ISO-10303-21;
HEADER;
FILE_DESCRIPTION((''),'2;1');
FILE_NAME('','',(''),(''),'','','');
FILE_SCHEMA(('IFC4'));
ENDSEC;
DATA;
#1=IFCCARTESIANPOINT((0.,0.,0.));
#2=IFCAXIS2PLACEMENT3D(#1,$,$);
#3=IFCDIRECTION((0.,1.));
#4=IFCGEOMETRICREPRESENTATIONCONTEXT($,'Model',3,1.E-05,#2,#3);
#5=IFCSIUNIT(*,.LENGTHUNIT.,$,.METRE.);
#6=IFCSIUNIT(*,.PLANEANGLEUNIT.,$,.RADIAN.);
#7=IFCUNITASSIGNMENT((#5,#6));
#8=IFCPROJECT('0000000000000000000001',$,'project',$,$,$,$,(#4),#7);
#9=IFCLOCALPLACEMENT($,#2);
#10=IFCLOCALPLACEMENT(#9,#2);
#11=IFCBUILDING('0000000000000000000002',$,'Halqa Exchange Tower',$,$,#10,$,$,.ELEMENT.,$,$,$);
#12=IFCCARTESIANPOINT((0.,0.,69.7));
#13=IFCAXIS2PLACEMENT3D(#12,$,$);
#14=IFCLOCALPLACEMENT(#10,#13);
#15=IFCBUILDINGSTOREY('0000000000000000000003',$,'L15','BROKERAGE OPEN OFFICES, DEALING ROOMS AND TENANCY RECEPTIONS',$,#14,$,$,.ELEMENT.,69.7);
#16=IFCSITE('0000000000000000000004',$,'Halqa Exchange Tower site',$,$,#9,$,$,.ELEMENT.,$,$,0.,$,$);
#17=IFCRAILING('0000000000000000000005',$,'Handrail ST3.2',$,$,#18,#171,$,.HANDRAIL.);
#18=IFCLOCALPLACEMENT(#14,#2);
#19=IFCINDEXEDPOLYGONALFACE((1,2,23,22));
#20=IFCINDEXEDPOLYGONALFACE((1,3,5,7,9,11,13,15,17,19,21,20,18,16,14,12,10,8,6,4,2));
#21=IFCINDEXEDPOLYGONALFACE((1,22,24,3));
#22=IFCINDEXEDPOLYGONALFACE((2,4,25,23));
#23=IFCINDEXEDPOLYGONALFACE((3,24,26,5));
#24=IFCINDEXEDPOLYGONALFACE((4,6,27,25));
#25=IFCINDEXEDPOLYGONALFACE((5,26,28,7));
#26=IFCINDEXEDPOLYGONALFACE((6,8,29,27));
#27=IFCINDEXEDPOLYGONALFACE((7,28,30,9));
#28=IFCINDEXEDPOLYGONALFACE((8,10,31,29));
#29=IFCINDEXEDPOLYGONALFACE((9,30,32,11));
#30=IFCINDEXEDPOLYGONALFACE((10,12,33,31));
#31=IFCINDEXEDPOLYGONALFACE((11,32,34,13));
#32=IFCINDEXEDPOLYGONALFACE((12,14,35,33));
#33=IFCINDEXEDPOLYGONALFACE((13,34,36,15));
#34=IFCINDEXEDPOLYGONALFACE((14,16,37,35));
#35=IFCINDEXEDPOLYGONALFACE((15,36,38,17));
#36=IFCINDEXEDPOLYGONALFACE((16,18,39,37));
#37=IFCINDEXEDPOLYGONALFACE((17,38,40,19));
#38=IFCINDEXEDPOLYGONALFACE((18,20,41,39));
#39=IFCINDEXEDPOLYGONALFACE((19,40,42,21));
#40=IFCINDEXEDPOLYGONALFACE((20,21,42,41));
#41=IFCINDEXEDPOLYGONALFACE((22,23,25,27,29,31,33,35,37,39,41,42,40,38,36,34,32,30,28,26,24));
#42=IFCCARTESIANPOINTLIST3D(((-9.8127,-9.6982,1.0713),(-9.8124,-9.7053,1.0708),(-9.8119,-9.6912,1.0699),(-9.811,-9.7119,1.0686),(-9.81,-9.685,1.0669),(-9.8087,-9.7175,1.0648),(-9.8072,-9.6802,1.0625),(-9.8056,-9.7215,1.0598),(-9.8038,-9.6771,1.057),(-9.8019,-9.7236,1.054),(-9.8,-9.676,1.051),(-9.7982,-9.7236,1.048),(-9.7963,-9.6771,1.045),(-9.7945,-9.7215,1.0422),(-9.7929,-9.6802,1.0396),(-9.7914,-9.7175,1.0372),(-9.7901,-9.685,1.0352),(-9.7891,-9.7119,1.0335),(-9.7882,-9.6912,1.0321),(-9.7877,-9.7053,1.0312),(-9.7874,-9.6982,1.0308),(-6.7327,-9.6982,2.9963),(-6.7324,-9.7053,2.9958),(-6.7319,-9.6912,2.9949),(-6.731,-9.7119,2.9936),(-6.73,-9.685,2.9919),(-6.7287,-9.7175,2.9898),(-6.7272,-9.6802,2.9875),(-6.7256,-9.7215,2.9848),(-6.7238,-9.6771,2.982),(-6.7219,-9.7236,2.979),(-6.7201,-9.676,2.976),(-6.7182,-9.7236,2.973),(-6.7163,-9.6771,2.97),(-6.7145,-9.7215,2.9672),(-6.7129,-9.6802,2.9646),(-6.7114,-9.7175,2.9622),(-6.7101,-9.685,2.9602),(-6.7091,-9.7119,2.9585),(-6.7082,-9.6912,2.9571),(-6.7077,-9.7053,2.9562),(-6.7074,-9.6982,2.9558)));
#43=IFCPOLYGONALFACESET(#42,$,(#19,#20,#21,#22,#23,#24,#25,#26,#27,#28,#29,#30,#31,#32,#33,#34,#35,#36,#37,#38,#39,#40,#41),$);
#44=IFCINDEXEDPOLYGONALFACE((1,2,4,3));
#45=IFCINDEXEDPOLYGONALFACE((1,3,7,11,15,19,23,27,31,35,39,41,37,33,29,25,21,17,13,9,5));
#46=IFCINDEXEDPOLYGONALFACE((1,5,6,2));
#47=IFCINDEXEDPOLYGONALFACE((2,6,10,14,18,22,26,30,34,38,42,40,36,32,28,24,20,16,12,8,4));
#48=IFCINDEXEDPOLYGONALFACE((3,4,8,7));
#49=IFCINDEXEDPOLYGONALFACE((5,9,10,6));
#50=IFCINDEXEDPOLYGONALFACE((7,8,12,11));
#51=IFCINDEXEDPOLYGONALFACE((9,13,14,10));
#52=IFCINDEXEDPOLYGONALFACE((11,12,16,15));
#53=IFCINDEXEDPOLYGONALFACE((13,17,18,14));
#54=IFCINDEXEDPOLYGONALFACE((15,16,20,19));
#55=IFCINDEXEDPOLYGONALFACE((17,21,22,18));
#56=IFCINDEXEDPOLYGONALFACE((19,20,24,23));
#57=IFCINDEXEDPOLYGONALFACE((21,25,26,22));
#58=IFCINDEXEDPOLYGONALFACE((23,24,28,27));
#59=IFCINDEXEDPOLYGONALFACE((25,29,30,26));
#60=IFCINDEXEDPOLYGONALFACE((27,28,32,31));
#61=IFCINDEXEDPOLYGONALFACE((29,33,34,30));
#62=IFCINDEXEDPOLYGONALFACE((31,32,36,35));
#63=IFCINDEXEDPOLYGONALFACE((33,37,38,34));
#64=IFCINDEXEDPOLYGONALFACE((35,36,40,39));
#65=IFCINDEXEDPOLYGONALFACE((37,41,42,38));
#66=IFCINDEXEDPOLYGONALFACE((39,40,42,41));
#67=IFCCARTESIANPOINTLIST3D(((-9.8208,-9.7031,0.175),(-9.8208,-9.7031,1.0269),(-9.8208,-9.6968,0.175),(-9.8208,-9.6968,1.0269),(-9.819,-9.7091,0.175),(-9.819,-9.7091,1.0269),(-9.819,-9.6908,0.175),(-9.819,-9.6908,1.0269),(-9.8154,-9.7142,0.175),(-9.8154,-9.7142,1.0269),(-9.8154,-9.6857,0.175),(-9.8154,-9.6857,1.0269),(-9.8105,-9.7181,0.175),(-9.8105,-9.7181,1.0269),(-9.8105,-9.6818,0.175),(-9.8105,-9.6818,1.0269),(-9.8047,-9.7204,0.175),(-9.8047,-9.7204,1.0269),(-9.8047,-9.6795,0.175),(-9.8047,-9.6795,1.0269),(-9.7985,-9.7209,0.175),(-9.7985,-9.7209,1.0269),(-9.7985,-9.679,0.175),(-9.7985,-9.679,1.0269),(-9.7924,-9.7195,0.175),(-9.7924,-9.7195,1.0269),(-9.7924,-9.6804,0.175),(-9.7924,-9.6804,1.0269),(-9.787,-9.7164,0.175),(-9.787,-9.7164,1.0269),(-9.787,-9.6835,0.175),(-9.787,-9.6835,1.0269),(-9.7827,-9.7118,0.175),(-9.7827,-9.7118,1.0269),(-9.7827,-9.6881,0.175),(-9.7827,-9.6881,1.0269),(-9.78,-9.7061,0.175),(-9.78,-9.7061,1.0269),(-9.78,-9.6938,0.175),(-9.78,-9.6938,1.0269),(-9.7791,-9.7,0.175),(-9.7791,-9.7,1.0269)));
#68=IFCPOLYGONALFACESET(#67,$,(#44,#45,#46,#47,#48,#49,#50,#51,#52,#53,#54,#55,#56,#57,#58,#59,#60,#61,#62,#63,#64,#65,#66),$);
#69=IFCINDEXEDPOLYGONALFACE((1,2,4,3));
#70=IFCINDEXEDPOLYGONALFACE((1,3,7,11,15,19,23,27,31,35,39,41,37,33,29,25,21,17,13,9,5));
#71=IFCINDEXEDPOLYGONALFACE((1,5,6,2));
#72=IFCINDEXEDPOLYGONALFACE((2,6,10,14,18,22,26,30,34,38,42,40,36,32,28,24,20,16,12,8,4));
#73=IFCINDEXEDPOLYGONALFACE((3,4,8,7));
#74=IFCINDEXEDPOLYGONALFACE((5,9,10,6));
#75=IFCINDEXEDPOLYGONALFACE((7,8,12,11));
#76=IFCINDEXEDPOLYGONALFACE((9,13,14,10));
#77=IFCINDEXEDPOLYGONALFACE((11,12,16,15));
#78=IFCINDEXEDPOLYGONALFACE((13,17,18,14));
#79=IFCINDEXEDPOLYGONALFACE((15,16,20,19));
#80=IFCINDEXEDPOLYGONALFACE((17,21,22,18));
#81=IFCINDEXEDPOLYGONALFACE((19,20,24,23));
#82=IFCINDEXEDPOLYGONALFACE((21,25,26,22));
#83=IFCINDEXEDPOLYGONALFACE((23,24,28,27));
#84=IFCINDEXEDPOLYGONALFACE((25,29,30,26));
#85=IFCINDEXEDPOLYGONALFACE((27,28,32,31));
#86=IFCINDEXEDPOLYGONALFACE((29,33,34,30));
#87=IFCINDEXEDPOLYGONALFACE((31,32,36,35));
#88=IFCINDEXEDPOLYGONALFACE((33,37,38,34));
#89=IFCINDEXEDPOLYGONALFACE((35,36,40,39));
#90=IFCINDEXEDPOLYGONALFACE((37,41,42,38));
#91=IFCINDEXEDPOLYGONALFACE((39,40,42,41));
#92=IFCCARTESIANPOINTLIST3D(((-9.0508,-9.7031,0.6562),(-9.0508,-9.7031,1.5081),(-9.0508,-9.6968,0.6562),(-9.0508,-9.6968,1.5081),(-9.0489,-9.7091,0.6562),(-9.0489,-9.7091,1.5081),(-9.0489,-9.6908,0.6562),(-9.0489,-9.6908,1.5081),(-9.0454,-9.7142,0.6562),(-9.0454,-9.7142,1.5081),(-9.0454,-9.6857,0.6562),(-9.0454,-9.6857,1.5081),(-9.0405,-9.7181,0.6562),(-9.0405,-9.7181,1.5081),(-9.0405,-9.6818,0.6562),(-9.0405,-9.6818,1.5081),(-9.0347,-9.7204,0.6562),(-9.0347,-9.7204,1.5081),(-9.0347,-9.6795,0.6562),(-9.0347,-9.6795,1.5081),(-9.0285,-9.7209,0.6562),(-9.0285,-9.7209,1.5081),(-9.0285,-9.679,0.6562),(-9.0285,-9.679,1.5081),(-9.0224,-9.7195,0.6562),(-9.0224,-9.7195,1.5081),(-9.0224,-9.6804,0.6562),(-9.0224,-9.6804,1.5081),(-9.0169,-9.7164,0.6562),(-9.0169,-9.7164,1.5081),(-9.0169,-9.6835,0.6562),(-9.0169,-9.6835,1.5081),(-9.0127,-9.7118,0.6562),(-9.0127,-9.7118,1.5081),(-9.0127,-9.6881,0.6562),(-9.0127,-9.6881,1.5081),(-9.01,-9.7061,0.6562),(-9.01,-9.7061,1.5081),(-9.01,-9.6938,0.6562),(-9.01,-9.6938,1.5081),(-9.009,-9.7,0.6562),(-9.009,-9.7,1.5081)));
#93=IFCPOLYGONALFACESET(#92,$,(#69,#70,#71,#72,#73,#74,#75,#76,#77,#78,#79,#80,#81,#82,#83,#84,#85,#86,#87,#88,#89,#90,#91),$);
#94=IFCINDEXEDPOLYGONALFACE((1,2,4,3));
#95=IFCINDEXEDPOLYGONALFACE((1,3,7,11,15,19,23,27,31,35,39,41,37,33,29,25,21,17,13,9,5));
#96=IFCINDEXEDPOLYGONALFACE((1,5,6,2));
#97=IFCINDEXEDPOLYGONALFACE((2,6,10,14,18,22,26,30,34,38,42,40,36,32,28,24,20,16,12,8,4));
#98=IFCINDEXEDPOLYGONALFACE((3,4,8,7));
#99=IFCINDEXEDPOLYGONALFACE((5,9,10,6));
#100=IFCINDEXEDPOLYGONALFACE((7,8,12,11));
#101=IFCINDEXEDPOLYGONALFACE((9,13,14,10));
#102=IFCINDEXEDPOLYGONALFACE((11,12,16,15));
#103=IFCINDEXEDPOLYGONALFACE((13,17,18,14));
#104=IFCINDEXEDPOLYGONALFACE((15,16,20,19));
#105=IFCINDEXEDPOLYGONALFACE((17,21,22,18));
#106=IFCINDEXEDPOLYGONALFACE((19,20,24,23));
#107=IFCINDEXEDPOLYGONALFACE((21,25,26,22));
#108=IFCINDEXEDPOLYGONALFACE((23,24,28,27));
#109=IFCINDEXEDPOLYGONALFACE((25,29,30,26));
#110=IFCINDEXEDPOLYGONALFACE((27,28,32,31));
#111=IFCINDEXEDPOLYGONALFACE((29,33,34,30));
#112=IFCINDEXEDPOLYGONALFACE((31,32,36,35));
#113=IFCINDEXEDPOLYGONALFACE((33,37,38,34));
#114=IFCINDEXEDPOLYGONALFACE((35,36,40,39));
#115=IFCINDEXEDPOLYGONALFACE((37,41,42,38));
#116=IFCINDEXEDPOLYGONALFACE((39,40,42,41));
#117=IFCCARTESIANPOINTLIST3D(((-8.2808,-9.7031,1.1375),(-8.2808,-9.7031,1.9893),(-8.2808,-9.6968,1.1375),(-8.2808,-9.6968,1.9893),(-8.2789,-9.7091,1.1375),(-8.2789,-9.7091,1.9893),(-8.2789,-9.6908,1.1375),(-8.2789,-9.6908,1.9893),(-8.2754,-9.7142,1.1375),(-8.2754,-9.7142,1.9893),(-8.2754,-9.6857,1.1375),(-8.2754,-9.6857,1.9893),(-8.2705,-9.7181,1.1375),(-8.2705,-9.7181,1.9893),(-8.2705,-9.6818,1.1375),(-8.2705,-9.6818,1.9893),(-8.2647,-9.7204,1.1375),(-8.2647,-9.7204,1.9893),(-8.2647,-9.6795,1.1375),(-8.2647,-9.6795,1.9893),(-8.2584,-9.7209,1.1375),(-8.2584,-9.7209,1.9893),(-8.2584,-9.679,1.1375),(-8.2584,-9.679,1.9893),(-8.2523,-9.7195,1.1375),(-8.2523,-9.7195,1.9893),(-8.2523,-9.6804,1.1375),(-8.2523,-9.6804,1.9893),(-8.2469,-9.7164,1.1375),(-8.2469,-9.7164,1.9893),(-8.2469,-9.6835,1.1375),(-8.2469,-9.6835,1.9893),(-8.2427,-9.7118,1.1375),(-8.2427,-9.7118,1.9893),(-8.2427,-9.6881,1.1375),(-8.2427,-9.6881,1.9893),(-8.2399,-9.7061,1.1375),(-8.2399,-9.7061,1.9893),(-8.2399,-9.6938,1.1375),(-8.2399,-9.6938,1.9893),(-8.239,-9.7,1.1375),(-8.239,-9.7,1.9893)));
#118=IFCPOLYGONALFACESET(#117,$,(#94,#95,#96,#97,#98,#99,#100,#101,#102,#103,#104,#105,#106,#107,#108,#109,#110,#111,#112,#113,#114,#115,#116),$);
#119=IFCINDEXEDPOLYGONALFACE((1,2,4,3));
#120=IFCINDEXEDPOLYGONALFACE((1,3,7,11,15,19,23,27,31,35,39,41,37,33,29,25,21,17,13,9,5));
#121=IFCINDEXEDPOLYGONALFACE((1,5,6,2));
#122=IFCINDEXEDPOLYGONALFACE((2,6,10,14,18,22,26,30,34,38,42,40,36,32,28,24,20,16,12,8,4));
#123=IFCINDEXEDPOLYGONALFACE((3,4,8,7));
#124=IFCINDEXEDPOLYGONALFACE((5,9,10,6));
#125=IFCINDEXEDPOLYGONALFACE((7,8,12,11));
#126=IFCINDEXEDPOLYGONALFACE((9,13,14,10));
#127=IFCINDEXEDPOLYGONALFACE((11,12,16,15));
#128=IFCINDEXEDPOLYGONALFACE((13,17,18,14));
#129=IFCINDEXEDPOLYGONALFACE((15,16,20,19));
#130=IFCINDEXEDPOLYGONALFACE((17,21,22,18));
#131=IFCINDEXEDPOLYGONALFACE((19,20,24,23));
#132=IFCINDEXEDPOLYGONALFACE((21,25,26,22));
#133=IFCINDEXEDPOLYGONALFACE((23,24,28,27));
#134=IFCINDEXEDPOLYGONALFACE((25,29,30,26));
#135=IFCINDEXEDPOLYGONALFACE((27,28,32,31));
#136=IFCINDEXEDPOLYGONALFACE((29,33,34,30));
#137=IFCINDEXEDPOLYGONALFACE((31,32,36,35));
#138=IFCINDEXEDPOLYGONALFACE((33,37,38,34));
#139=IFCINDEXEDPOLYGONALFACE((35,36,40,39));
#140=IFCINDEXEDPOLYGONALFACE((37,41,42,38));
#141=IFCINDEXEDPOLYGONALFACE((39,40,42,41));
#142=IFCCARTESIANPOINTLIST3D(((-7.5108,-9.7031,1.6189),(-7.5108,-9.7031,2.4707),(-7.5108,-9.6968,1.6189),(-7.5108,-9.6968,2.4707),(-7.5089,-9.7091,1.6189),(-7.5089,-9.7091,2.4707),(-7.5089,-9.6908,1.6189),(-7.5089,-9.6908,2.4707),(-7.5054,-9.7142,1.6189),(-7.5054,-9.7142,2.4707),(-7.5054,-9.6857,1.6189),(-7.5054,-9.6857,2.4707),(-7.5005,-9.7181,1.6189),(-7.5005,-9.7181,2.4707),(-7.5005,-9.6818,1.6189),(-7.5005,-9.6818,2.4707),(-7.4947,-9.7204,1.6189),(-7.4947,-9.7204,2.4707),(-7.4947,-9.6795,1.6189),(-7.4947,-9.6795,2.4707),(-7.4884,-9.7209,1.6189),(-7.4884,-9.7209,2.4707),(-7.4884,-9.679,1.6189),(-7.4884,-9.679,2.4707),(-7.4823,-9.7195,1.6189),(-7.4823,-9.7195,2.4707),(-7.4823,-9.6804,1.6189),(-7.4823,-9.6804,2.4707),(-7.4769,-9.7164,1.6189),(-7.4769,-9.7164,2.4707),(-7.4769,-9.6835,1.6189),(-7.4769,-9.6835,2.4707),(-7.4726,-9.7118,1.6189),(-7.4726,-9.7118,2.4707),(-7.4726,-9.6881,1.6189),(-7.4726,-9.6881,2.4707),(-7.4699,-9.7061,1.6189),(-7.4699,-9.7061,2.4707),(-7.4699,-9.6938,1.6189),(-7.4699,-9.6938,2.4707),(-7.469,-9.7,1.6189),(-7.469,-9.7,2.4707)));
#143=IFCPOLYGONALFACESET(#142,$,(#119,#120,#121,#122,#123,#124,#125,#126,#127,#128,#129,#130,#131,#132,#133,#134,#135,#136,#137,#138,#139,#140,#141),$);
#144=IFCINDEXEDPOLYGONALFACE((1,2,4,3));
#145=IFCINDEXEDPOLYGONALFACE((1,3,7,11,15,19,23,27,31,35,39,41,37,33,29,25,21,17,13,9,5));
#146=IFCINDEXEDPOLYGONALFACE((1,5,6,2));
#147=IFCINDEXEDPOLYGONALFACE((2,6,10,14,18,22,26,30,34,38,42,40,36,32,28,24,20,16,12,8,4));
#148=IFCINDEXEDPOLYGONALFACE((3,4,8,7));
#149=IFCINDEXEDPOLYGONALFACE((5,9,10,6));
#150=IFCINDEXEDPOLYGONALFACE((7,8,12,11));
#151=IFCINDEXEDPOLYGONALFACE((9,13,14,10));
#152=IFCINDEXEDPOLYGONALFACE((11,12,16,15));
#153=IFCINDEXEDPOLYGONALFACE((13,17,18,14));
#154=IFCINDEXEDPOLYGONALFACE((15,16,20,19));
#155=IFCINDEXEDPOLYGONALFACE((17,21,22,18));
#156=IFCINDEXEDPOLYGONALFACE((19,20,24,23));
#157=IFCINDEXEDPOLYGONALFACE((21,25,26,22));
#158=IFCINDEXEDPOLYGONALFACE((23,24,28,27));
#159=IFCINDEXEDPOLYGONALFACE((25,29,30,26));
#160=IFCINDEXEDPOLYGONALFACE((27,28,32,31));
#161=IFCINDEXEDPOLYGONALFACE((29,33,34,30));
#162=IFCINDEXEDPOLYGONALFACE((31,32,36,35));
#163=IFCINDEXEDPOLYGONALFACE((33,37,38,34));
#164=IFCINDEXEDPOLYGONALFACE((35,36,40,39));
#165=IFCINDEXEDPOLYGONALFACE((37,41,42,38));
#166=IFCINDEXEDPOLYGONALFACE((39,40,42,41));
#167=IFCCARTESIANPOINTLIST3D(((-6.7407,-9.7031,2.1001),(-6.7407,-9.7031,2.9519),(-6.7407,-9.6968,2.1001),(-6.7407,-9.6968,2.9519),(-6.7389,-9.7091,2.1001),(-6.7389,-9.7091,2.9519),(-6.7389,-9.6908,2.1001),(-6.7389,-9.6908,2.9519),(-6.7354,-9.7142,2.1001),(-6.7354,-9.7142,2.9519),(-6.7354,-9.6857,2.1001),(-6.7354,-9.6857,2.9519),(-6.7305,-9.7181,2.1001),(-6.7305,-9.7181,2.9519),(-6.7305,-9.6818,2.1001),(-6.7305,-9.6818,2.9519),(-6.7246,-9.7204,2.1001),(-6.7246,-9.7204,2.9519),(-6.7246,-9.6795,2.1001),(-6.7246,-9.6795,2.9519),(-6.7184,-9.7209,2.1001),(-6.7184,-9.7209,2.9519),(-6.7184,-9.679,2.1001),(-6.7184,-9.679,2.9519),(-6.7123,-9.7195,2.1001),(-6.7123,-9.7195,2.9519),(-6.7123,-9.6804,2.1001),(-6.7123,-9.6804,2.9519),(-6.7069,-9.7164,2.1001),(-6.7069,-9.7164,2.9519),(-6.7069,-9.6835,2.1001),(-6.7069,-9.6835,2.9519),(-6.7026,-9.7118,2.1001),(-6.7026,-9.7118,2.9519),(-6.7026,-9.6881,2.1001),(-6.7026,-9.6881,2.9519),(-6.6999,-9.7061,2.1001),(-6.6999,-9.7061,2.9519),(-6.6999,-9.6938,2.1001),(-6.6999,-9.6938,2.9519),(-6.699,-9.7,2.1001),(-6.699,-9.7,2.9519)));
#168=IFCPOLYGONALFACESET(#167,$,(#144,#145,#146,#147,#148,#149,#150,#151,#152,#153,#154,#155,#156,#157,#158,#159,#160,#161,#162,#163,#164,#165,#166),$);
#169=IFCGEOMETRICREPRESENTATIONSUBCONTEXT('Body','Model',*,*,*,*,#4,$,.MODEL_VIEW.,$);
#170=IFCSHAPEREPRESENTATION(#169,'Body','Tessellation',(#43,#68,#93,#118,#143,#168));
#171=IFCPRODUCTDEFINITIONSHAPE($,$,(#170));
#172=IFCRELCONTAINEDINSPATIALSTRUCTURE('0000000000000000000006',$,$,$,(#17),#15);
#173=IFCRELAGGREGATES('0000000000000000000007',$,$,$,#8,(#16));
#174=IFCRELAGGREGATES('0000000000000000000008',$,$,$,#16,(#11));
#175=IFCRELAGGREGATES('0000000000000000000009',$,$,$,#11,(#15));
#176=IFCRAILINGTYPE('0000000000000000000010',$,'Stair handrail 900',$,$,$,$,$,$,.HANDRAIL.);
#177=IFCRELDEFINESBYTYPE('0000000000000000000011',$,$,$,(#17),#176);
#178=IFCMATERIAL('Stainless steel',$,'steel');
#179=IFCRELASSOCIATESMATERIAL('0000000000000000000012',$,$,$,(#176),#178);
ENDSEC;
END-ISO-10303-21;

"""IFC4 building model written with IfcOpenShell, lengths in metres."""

from ifc_helpers import new_model, si_unit, direction, frame, origin, origin_2d, place, context, subcontext, project, spatial, circle, extrude, material, type_object, element, save


model = new_model("IFC4")

# Units and contexts
model_context = context("Model", 3, precision=1e-05, world=origin(), true_north=direction((0.0, 1.0)))
body_context = subcontext(model_context, "Body", "Model", "MODEL_VIEW")
ifc_project = project(units=[si_unit("LENGTHUNIT", "METRE"), si_unit("PLANEANGLEUNIT", "RADIAN")], contexts=[model_context])

# Site, building, storey
site_placement = place(None, origin())
site = spatial("IfcSite", under=ifc_project, at=site_placement, Name="Halqa Exchange Tower site", CompositionType="ELEMENT", RefElevation=0.0)
building_placement = place(site_placement, origin())
building = spatial("IfcBuilding", under=site, at=building_placement, Name="Halqa Exchange Tower", CompositionType="ELEMENT")
storey_placement = place(building_placement, frame((0.0, 0.0, 69.7)))
storey = spatial("IfcBuildingStorey", under=building, at=storey_placement, Name="L15", Description="BROKERAGE OPEN OFFICES, DEALING ROOMS AND TENANCY RECEPTIONS", CompositionType="ELEMENT", Elevation=69.7)

# Shared definitions
ifc_material_1 = material(Name="Stainless steel", Category="steel")

# Railing
railing_type_1 = type_object("IfcRailingType", Name="Stair handrail 900", PredefinedType="HANDRAIL", material=ifc_material_1)
railing_1_placement = place(storey_placement, frame((-9.8, -9.7, 0.175)))
element("IfcRailing", 1, at=railing_1_placement, inside=storey, type_object=railing_type_1, Name="Handrail ST3.2", PredefinedType="HANDRAIL", context=body_context, shape_type="SweptSolid", body=[
    extrude(circle(Radius=0.0239, at=origin_2d()), frame((0.0, 0.0, 0.876), z_axis=(0.847998, 0.0, 0.529999), x_axis=(0.0, 1.0, 0.0)), (0.0, 0.0, 1.0), 3.6321),
    extrude(circle(Radius=0.021, at=origin_2d()), origin(), (0.0, 0.0, 1.0), 0.8518),
    extrude(circle(Radius=0.021, at=origin_2d()), frame((0.77, 0.0, 0.4812)), (0.0, 0.0, 1.0), 0.8518),
    extrude(circle(Radius=0.021, at=origin_2d()), frame((1.54, 0.0, 0.9624)), (0.0, 0.0, 1.0), 0.8518),
    extrude(circle(Radius=0.021, at=origin_2d()), frame((2.3101, 0.0, 1.4438)), (0.0, 0.0, 1.0), 0.8518),
    extrude(circle(Radius=0.021, at=origin_2d()), frame((3.0801, 0.0, 1.925)), (0.0, 0.0, 1.0), 0.8518),
])

save(model, "model.ifc")
